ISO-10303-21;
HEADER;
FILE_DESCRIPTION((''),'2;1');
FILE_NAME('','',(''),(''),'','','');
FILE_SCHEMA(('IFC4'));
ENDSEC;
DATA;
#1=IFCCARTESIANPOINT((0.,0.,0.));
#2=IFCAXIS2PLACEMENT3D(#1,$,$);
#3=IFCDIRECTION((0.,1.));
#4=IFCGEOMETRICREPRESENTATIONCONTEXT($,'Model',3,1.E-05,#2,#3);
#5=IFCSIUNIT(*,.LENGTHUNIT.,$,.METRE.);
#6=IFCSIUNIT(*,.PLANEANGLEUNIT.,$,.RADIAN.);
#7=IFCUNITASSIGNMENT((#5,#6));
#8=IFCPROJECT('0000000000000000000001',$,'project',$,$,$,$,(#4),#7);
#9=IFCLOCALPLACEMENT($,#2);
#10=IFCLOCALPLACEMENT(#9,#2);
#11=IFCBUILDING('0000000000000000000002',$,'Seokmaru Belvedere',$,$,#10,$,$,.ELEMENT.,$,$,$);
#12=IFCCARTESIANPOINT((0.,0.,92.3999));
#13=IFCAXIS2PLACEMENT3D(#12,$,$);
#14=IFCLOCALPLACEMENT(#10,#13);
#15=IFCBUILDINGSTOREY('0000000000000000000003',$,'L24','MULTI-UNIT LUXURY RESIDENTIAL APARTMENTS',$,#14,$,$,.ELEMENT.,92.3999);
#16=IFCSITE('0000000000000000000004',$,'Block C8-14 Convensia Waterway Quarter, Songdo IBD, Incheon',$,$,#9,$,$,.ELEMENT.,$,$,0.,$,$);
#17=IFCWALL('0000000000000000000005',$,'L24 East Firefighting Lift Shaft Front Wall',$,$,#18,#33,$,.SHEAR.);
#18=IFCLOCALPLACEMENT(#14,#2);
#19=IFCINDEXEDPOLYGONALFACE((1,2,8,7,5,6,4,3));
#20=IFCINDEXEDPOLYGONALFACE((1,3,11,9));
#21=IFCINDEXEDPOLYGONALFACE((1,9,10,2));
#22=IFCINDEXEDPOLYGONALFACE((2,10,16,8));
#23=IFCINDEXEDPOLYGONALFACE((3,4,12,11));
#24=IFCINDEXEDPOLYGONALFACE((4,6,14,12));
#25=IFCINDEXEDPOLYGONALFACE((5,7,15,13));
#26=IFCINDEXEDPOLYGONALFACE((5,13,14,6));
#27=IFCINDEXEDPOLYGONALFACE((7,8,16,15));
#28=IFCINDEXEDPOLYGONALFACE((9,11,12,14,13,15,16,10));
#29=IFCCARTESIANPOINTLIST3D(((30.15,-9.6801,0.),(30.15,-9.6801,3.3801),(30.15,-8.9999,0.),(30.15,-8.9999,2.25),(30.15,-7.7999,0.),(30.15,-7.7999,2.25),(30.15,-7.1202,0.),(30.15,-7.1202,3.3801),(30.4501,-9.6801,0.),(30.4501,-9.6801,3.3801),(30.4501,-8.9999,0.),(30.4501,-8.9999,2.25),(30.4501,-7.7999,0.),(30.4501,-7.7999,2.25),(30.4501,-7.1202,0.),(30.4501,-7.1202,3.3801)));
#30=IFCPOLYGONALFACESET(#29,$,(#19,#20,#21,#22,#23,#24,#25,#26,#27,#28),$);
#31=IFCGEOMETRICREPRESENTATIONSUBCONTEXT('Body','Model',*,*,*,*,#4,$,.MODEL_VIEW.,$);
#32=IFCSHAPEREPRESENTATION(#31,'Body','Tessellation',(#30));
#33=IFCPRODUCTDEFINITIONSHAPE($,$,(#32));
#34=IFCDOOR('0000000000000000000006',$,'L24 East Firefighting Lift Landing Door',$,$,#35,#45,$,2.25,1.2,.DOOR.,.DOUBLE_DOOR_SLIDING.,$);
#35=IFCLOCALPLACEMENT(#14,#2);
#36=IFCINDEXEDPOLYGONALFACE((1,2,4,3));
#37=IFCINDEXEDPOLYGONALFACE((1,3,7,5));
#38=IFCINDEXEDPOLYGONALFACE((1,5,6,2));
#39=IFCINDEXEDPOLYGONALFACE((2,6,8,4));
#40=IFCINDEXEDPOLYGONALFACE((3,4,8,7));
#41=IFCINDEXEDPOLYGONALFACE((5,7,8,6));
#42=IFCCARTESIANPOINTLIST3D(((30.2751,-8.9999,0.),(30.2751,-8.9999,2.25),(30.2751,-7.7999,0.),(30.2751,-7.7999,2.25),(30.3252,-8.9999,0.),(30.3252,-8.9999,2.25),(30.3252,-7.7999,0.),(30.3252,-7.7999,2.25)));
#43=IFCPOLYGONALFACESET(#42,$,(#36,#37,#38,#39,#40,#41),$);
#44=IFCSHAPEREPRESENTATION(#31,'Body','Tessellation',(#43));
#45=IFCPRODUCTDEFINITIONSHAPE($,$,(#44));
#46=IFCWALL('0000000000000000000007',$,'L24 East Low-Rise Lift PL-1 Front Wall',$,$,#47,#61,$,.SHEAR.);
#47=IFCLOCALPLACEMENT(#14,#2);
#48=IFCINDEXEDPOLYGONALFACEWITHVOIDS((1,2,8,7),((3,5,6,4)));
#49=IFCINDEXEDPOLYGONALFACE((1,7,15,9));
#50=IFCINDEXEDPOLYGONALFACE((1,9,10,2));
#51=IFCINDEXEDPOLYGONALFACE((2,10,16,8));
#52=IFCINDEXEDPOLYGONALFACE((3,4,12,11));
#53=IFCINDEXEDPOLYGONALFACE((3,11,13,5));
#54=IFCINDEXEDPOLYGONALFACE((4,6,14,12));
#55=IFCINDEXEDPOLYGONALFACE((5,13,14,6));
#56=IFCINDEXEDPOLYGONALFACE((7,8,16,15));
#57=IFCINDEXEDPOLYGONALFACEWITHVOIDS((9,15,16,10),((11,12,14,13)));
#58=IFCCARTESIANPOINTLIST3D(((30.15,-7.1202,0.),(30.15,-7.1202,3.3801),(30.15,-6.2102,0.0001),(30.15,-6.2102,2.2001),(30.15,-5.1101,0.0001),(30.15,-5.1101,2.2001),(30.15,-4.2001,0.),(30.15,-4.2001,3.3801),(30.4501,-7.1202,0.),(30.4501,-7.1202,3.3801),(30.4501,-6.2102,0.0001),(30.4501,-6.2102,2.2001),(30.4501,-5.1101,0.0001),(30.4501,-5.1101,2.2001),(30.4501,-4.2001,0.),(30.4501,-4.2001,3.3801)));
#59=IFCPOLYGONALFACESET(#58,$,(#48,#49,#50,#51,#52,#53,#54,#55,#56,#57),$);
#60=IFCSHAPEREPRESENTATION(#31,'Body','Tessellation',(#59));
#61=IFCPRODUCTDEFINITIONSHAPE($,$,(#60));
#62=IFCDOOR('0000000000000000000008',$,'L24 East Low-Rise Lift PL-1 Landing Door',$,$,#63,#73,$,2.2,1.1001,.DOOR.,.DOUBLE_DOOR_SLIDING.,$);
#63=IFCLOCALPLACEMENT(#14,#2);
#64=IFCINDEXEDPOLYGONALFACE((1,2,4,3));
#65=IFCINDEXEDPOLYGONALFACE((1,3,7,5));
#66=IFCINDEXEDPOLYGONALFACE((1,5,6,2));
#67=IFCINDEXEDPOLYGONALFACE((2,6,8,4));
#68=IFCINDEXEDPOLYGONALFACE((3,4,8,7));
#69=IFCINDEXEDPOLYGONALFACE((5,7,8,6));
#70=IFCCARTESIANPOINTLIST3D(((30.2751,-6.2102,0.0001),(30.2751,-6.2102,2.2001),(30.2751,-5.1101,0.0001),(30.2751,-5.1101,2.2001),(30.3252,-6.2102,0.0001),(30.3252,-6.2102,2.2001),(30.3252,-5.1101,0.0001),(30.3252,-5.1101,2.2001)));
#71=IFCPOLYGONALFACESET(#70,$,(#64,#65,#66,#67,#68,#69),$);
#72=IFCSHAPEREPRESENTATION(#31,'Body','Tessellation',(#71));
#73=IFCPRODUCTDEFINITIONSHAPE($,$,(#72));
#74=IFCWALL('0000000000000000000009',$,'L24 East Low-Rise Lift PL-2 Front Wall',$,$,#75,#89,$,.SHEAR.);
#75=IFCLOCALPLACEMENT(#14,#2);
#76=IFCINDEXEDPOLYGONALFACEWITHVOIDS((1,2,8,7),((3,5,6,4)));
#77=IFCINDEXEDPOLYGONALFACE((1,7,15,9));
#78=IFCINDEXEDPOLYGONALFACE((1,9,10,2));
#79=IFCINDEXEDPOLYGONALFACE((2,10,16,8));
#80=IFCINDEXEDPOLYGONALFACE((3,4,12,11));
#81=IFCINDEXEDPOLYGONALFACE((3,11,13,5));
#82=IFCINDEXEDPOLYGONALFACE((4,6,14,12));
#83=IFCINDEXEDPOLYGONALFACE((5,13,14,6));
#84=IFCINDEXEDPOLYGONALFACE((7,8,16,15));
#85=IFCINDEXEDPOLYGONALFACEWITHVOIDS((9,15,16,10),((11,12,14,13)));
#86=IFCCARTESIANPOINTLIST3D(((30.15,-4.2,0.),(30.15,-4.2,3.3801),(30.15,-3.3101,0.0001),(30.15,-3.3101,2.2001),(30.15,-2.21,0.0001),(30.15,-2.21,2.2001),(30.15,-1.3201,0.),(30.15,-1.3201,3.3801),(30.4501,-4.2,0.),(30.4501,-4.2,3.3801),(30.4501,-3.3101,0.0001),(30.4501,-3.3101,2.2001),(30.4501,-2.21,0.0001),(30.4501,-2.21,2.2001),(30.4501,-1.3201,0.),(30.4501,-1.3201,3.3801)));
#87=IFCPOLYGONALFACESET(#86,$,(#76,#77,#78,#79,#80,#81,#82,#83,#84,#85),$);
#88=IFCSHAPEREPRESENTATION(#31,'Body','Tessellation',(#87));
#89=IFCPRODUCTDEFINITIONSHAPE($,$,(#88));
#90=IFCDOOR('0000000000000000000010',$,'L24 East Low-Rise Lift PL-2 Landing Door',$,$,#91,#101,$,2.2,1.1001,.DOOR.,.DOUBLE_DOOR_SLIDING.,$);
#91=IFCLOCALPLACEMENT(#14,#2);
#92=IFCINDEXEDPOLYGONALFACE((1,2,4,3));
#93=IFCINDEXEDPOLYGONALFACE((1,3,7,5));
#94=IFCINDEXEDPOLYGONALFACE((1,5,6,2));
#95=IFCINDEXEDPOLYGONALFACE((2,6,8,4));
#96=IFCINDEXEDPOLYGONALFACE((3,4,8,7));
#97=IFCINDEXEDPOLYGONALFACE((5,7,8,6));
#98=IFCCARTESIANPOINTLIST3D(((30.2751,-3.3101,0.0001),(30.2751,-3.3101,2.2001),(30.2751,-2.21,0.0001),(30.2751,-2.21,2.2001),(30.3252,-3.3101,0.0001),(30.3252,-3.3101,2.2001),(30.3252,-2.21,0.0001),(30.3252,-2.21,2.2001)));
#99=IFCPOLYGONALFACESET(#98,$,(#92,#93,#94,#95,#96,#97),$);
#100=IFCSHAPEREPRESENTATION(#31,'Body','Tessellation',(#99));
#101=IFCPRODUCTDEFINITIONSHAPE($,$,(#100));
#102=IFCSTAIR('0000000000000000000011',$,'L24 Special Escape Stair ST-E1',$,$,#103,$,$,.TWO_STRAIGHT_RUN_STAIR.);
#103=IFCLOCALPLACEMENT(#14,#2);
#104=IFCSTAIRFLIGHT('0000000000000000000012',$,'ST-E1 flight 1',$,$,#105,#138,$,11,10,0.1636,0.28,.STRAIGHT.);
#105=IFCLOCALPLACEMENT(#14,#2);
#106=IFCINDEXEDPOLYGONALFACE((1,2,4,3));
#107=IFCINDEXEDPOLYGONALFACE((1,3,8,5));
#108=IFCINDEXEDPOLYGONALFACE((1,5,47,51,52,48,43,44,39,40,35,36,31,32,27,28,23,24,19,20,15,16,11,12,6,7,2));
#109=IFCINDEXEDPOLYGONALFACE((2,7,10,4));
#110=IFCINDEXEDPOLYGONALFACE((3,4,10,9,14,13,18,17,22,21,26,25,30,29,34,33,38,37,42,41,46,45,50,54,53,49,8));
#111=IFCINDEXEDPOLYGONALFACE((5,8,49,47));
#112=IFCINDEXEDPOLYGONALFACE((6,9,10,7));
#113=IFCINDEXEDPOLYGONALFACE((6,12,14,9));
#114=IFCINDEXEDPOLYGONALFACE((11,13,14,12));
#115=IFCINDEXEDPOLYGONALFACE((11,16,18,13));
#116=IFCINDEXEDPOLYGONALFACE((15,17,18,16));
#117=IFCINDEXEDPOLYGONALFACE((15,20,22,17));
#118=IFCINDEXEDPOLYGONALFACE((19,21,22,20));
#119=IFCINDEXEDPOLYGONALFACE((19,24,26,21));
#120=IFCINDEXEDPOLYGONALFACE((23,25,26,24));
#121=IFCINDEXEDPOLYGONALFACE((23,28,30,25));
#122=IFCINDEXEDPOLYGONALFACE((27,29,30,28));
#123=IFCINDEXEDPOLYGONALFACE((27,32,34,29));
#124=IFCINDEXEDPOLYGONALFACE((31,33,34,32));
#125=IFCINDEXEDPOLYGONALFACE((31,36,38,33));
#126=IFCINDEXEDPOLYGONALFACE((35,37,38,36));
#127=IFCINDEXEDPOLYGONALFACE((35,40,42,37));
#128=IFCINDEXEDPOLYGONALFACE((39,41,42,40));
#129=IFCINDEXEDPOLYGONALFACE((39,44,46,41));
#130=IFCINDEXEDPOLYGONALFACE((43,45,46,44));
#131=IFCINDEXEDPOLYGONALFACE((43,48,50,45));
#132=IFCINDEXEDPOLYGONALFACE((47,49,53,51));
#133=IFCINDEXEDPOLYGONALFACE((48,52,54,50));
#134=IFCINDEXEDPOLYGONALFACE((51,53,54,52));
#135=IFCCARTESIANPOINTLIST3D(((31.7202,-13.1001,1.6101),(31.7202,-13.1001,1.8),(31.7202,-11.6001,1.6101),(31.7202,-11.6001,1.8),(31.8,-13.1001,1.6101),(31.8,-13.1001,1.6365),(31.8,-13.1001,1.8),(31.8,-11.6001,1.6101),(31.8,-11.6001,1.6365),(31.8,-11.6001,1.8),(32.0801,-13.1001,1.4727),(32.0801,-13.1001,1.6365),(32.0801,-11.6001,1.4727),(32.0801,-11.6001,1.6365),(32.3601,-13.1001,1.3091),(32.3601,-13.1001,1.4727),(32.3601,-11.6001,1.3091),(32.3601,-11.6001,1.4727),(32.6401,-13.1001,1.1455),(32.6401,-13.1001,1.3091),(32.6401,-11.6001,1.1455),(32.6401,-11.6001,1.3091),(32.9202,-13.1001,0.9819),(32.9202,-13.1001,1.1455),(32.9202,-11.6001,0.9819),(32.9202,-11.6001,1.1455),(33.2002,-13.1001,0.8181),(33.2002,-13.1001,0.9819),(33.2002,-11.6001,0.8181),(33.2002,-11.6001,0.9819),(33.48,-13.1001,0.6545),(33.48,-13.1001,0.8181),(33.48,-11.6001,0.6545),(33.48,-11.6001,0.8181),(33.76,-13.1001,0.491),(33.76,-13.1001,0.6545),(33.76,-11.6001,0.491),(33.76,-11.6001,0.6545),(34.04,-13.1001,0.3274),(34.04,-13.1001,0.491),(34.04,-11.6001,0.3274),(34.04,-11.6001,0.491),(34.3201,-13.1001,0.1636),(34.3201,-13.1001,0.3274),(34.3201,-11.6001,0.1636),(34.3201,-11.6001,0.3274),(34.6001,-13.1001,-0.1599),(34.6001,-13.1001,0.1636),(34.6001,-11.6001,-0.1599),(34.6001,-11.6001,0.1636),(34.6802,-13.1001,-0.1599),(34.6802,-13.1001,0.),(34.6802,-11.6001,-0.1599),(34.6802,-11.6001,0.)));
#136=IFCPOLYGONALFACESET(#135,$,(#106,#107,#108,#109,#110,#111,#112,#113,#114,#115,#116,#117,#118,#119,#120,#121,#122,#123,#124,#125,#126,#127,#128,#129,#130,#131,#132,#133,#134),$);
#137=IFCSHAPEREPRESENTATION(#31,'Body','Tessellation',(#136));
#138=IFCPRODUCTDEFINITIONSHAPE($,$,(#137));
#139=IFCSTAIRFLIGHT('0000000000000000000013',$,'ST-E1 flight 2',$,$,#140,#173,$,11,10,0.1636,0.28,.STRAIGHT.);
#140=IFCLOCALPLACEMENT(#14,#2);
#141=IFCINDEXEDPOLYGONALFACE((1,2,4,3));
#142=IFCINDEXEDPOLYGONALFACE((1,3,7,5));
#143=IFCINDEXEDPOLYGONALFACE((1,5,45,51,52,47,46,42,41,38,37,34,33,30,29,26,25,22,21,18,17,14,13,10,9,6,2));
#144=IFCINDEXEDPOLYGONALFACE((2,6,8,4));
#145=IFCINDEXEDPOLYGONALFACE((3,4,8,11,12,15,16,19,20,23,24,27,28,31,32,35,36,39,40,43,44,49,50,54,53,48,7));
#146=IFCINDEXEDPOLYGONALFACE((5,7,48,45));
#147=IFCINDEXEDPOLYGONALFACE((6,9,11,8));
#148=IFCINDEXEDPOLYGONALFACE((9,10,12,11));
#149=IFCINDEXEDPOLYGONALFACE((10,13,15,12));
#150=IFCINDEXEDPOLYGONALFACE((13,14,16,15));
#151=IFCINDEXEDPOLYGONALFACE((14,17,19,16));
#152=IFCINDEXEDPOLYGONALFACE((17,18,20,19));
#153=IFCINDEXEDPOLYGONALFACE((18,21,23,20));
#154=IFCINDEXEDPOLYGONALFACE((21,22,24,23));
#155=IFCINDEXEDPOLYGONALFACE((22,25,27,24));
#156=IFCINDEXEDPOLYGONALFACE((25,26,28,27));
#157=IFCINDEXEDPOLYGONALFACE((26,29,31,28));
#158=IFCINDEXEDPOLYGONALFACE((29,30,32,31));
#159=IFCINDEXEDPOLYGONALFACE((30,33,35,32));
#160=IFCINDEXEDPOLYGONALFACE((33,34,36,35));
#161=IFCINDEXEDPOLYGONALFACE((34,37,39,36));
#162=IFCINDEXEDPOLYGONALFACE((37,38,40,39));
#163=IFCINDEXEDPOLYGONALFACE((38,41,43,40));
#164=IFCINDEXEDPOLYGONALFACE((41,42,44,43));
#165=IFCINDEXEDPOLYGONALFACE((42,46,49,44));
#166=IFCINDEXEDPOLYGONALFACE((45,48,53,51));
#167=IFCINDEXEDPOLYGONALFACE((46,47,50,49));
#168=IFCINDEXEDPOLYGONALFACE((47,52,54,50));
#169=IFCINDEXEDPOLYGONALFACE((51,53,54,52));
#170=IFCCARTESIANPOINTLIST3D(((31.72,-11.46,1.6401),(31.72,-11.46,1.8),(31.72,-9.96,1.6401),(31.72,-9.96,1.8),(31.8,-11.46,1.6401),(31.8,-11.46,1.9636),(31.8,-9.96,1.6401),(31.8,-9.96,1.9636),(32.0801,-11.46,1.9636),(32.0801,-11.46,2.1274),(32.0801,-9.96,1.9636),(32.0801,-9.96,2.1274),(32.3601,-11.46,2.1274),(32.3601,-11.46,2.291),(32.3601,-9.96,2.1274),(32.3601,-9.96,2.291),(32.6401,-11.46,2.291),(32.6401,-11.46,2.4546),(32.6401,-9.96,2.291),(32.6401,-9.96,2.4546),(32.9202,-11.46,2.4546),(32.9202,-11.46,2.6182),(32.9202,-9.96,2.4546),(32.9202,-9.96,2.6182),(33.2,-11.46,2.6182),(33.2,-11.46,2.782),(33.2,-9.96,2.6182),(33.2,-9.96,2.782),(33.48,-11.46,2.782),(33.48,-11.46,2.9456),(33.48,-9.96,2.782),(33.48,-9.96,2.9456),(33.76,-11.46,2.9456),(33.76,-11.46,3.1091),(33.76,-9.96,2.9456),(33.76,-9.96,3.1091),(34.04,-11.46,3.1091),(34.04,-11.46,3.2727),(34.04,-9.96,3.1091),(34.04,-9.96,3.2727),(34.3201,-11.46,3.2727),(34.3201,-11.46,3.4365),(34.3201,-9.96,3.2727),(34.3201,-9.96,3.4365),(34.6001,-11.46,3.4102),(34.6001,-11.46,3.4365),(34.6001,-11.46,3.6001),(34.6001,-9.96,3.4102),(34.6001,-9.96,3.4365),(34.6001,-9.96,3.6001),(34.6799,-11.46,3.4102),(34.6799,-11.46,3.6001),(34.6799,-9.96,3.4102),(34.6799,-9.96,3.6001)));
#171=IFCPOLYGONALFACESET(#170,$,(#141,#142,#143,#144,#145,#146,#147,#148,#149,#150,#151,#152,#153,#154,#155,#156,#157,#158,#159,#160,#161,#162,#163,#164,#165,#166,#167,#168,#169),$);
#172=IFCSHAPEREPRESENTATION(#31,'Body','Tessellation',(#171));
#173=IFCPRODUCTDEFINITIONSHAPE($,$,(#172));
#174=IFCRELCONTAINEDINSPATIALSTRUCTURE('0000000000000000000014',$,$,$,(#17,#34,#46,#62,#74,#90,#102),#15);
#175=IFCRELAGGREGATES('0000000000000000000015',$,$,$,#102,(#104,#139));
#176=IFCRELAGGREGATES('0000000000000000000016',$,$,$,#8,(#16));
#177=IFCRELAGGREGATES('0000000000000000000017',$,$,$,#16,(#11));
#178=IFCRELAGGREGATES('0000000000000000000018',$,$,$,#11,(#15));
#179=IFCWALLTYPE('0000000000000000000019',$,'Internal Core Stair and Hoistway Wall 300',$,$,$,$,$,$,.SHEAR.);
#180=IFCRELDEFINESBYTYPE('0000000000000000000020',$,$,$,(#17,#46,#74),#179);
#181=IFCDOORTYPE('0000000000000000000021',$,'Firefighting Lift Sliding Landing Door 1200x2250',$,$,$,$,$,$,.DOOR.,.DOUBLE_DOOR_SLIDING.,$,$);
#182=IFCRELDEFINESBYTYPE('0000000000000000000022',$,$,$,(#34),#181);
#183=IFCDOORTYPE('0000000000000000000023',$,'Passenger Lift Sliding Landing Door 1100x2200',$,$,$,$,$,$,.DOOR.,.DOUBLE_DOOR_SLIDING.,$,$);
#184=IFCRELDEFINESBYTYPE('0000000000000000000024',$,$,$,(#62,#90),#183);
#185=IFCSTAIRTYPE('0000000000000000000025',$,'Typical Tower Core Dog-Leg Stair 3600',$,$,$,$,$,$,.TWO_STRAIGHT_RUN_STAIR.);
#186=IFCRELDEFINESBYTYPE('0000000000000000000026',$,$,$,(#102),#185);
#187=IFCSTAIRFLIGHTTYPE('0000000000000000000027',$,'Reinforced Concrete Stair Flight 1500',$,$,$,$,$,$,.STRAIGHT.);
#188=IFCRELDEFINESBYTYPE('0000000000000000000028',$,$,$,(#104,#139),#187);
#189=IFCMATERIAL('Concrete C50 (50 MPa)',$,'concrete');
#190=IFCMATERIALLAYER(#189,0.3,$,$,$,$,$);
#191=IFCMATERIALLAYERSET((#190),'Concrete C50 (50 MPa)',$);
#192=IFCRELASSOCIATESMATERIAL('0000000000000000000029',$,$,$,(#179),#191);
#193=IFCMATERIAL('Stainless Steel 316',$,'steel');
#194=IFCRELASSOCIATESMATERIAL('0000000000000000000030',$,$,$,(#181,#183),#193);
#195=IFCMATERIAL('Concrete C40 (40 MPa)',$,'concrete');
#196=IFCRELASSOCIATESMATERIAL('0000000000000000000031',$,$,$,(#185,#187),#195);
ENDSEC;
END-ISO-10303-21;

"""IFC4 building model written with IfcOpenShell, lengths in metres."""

from ifc_helpers import new_model, si_unit, direction, frame, frame_2d, origin, place, context, subcontext, project, spatial, polyline, rectangle, outline, extrude, source, transform, mapped, material, layer, layer_set, type_object, type_shapes, element, fill, aggregate, save


model = new_model("IFC4")

# Units and contexts
model_context = context("Model", 3, precision=1e-05, world=origin(), true_north=direction((0.0, 1.0)))
body_context = subcontext(model_context, "Body", "Model", "MODEL_VIEW")
ifc_project = project(units=[si_unit("LENGTHUNIT", "METRE"), si_unit("PLANEANGLEUNIT", "RADIAN")], contexts=[model_context])

# Site, building, storey
site_placement = place(None, origin())
site = spatial("IfcSite", under=ifc_project, at=site_placement, Name="Block C8-14 Convensia Waterway Quarter, Songdo IBD, Incheon", CompositionType="ELEMENT", RefElevation=0.0)
building_placement = place(site_placement, origin())
building = spatial("IfcBuilding", under=site, at=building_placement, Name="Seokmaru Belvedere", CompositionType="ELEMENT")
storey_placement = place(building_placement, frame((0.0, 0.0, 92.3999)))
storey = spatial("IfcBuildingStorey", under=building, at=storey_placement, Name="L24", Description="MULTI-UNIT LUXURY RESIDENTIAL APARTMENTS", CompositionType="ELEMENT", Elevation=92.3999)

# Walls, openings, doors
ifc_material_1 = material(Name="Concrete C50 (50 MPa)", Category="concrete")
ifc_layer_1 = layer(ifc_material_1, 0.3)
ifc_layer_set_1 = layer_set([ifc_layer_1], Name="Concrete C50 (50 MPa)")
wall_type_1 = type_object("IfcWallType", Name="Internal Core Stair and Hoistway Wall 300", PredefinedType="SHEAR", material=ifc_layer_set_1)
wall_1_placement = place(storey_placement, frame((30.3, -9.6799, 0.0), z_axis=(0.0, 0.0, 1.0), x_axis=(0.0, 1.0, 0.0)))
wall_1 = element("IfcWall", 1, at=wall_1_placement, inside=storey, type_object=wall_type_1, Name="L24 East Firefighting Lift Shaft Front Wall", PredefinedType="SHEAR", context=body_context, shape_type="SweptSolid", body=[
    extrude(rectangle(XDim=2.5598, YDim=0.3, at=frame_2d((1.2798, 0.0))), origin(), (0.0, 0.0, 1.0), 3.3801),
])
opening_1_placement = place(wall_1_placement, frame((0.6799, 0.0, 0.0)))
opening_1 = element("IfcOpeningElement", 2, at=opening_1_placement, cuts=wall_1, PredefinedType="OPENING", context=body_context, shape_type="SweptSolid", body=[
    extrude(rectangle(XDim=1.2, YDim=2.25, at=frame_2d((0.6001, 1.125))), frame((0.0, 0.1602, 0.0), z_axis=(0.0, -1.0, 0.0), x_axis=(1.0, 0.0, 0.0)), (0.0, 0.0, 1.0), 0.3201),
])
ifc_material_2 = material(Name="Stainless Steel 316", Category="steel")
door_type_1 = type_object("IfcDoorType", Name="Firefighting Lift Sliding Landing Door 1200x2250", OperationType="DOUBLE_DOOR_SLIDING", PredefinedType="DOOR", material=ifc_material_2)
shared_shape_1 = source(origin(), body_context, "Body", "SweptSolid", [
    extrude(rectangle(XDim=1.2, YDim=2.25, at=frame_2d((0.6001, 1.125))), frame((0.0, 0.0249, 0.0), z_axis=(0.0, -1.0, 0.0), x_axis=(1.0, 0.0, 0.0)), (0.0, 0.0, 1.0), 0.05),
])
type_shapes(door_type_1, [shared_shape_1])
door_1_placement = place(opening_1_placement, origin())
door_1 = element("IfcDoor", 3, at=door_1_placement, inside=storey, type_object=door_type_1, Name="L24 East Firefighting Lift Landing Door", OperationType="DOUBLE_DOOR_SLIDING", OverallHeight=2.25, OverallWidth=1.2, PredefinedType="DOOR", context=body_context, shape_type="MappedRepresentation", body=[
    mapped(shared_shape_1, transform((0.0, 0.0, 0.0), scale=1.0)),
])
fill(opening_1, door_1)
wall_2_placement = place(storey_placement, frame((30.3, -7.1201, 0.0), z_axis=(0.0, 0.0, 1.0), x_axis=(0.0, 1.0, 0.0)))
wall_2 = element("IfcWall", 4, at=wall_2_placement, inside=storey, type_object=wall_type_1, Name="L24 East Low-Rise Lift PL-1 Front Wall", PredefinedType="SHEAR", context=body_context, shape_type="SweptSolid", body=[
    extrude(rectangle(XDim=2.9202, YDim=0.3, at=frame_2d((1.46, 0.0))), origin(), (0.0, 0.0, 1.0), 3.3801),
])
opening_2_placement = place(wall_2_placement, frame((0.9099, 0.0, 0.0)))
opening_2 = element("IfcOpeningElement", 5, at=opening_2_placement, cuts=wall_2, PredefinedType="OPENING", context=body_context, shape_type="SweptSolid", body=[
    extrude(rectangle(XDim=1.1001, YDim=2.2, at=frame_2d((0.55, 1.1001))), frame((0.0, 0.1602, 0.0), z_axis=(0.0, -1.0, 0.0), x_axis=(1.0, 0.0, 0.0)), (0.0, 0.0, 1.0), 0.3201),
])
door_type_2 = type_object("IfcDoorType", Name="Passenger Lift Sliding Landing Door 1100x2200", OperationType="DOUBLE_DOOR_SLIDING", PredefinedType="DOOR", material=ifc_material_2)
shared_shape_2 = source(origin(), body_context, "Body", "SweptSolid", [
    extrude(rectangle(XDim=1.1001, YDim=2.2, at=frame_2d((0.55, 1.1001))), frame((0.0, 0.0249, 0.0), z_axis=(0.0, -1.0, 0.0), x_axis=(1.0, 0.0, 0.0)), (0.0, 0.0, 1.0), 0.05),
])
type_shapes(door_type_2, [shared_shape_2])
door_2_placement = place(opening_2_placement, origin())
door_2 = element("IfcDoor", 6, at=door_2_placement, inside=storey, type_object=door_type_2, Name="L24 East Low-Rise Lift PL-1 Landing Door", OperationType="DOUBLE_DOOR_SLIDING", OverallHeight=2.2, OverallWidth=1.1001, PredefinedType="DOOR", context=body_context, shape_type="MappedRepresentation", body=[
    mapped(shared_shape_2, transform((0.0, 0.0, 0.0), scale=1.0)),
])
fill(opening_2, door_2)
wall_3_placement = place(storey_placement, frame((30.3, -4.2, 0.0), z_axis=(0.0, 0.0, 1.0), x_axis=(0.0, 1.0, 0.0)))
wall_3 = element("IfcWall", 7, at=wall_3_placement, inside=storey, type_object=wall_type_1, Name="L24 East Low-Rise Lift PL-2 Front Wall", PredefinedType="SHEAR", context=body_context, shape_type="SweptSolid", body=[
    extrude(rectangle(XDim=2.8799, YDim=0.3, at=frame_2d((1.4399, 0.0))), origin(), (0.0, 0.0, 1.0), 3.3801),
])
opening_3_placement = place(wall_3_placement, frame((0.8899, 0.0, 0.0)))
opening_3 = element("IfcOpeningElement", 8, at=opening_3_placement, cuts=wall_3, PredefinedType="OPENING", context=body_context, shape_type="SweptSolid", body=[
    extrude(rectangle(XDim=1.1001, YDim=2.2, at=frame_2d((0.55, 1.1001))), frame((0.0, 0.1602, 0.0), z_axis=(0.0, -1.0, 0.0), x_axis=(1.0, 0.0, 0.0)), (0.0, 0.0, 1.0), 0.3201),
])
door_3_placement = place(opening_3_placement, origin())
door_3 = element("IfcDoor", 9, at=door_3_placement, inside=storey, type_object=door_type_2, Name="L24 East Low-Rise Lift PL-2 Landing Door", OperationType="DOUBLE_DOOR_SLIDING", OverallHeight=2.2, OverallWidth=1.1001, PredefinedType="DOOR", context=body_context, shape_type="MappedRepresentation", body=[
    mapped(shared_shape_2, transform((0.0, 0.0, 0.0), scale=1.0)),
])
fill(opening_3, door_3)

# Stair, stair flights
ifc_material_3 = material(Name="Concrete C40 (40 MPa)", Category="concrete")
stair_type = type_object("IfcStairType", Name="Typical Tower Core Dog-Leg Stair 3600", PredefinedType="TWO_STRAIGHT_RUN_STAIR", material=ifc_material_3)
stair_placement = place(storey_placement, origin())
stair = element("IfcStair", 10, at=stair_placement, inside=storey, type_object=stair_type, Name="L24 Special Escape Stair ST-E1", PredefinedType="TWO_STRAIGHT_RUN_STAIR")
stair_flight_type = type_object("IfcStairFlightType", Name="Reinforced Concrete Stair Flight 1500", PredefinedType="STRAIGHT", material=ifc_material_3)
stair_flight_1_placement = place(storey_placement, frame((34.6001, -12.3501, 0.0), z_axis=(0.0, 0.0, 1.0), x_axis=(-1.0, 0.0, 0.0)))
stair_flight_1 = element("IfcStairFlight", 11, at=stair_flight_1_placement, type_object=stair_flight_type, Name="ST-E1 flight 1", NumberOfRisers=11, NumberOfTreads=10, PredefinedType="STRAIGHT", RiserHeight=0.1636, TreadLength=0.28, context=body_context, shape_type="SweptSolid", body=[
    extrude(outline(polyline([(-0.0801, 0.0), (0.0, 0.1636), (0.28, 0.1636), (0.28, 0.3274), (0.5601, 0.3274), (0.5601, 0.491), (0.8401, 0.491), (0.8401, 0.6545), (1.1201, 0.6545), (1.1201, 0.8181), (1.3999, 0.8181), (1.3999, 0.9819), (1.6799, 0.9819), (1.6799, 1.1455), (1.96, 1.1455), (1.96, 1.3091), (2.24, 1.3091), (2.24, 1.4727), (2.52, 1.4727), (2.52, 1.6365), (2.8, 1.6365), (2.8, 1.8), (2.8799, 1.8), (2.8799, 1.6101), (2.8, 1.6101), (0.0, -0.1599), (-0.0801, -0.1599), (-0.0801, 0.0)])), frame((0.0, 0.75, 0.0), z_axis=(0.0, -1.0, 0.0), x_axis=(1.0, 0.0, 0.0)), (0.0, 0.0, 1.0), 1.5),
])
stair_flight_2_placement = place(storey_placement, frame((31.8, -10.71, 1.8), z_axis=(0.0, 0.0, 1.0), x_axis=(1.0, 0.0, 0.0)))
stair_flight_2 = element("IfcStairFlight", 12, at=stair_flight_2_placement, type_object=stair_flight_type, Name="ST-E1 flight 2", NumberOfRisers=11, NumberOfTreads=10, PredefinedType="STRAIGHT", RiserHeight=0.1636, TreadLength=0.28, context=body_context, shape_type="SweptSolid", body=[
    extrude(outline(polyline([(-0.0801, 0.0), (0.0, 0.1636), (0.28, 0.1636), (0.28, 0.3274), (0.5601, 0.3274), (0.5601, 0.491), (0.8401, 0.491), (0.8401, 0.6545), (1.1201, 0.6545), (1.1201, 0.8181), (1.3999, 0.8181), (1.3999, 0.9819), (1.6799, 0.9819), (1.6799, 1.1455), (1.96, 1.1455), (1.96, 1.3091), (2.24, 1.3091), (2.24, 1.4727), (2.52, 1.4727), (2.52, 1.6365), (2.8, 1.6365), (2.8, 1.8), (2.8799, 1.8), (2.8799, 1.6101), (2.8, 1.6101), (0.0, -0.1599), (-0.0801, -0.1599), (-0.0801, 0.0)])), frame((0.0, 0.75, 0.0), z_axis=(0.0, -1.0, 0.0), x_axis=(1.0, 0.0, 0.0)), (0.0, 0.0, 1.0), 1.5),
])
aggregate(stair, [stair_flight_1, stair_flight_2])

save(model, "model.ifc")
